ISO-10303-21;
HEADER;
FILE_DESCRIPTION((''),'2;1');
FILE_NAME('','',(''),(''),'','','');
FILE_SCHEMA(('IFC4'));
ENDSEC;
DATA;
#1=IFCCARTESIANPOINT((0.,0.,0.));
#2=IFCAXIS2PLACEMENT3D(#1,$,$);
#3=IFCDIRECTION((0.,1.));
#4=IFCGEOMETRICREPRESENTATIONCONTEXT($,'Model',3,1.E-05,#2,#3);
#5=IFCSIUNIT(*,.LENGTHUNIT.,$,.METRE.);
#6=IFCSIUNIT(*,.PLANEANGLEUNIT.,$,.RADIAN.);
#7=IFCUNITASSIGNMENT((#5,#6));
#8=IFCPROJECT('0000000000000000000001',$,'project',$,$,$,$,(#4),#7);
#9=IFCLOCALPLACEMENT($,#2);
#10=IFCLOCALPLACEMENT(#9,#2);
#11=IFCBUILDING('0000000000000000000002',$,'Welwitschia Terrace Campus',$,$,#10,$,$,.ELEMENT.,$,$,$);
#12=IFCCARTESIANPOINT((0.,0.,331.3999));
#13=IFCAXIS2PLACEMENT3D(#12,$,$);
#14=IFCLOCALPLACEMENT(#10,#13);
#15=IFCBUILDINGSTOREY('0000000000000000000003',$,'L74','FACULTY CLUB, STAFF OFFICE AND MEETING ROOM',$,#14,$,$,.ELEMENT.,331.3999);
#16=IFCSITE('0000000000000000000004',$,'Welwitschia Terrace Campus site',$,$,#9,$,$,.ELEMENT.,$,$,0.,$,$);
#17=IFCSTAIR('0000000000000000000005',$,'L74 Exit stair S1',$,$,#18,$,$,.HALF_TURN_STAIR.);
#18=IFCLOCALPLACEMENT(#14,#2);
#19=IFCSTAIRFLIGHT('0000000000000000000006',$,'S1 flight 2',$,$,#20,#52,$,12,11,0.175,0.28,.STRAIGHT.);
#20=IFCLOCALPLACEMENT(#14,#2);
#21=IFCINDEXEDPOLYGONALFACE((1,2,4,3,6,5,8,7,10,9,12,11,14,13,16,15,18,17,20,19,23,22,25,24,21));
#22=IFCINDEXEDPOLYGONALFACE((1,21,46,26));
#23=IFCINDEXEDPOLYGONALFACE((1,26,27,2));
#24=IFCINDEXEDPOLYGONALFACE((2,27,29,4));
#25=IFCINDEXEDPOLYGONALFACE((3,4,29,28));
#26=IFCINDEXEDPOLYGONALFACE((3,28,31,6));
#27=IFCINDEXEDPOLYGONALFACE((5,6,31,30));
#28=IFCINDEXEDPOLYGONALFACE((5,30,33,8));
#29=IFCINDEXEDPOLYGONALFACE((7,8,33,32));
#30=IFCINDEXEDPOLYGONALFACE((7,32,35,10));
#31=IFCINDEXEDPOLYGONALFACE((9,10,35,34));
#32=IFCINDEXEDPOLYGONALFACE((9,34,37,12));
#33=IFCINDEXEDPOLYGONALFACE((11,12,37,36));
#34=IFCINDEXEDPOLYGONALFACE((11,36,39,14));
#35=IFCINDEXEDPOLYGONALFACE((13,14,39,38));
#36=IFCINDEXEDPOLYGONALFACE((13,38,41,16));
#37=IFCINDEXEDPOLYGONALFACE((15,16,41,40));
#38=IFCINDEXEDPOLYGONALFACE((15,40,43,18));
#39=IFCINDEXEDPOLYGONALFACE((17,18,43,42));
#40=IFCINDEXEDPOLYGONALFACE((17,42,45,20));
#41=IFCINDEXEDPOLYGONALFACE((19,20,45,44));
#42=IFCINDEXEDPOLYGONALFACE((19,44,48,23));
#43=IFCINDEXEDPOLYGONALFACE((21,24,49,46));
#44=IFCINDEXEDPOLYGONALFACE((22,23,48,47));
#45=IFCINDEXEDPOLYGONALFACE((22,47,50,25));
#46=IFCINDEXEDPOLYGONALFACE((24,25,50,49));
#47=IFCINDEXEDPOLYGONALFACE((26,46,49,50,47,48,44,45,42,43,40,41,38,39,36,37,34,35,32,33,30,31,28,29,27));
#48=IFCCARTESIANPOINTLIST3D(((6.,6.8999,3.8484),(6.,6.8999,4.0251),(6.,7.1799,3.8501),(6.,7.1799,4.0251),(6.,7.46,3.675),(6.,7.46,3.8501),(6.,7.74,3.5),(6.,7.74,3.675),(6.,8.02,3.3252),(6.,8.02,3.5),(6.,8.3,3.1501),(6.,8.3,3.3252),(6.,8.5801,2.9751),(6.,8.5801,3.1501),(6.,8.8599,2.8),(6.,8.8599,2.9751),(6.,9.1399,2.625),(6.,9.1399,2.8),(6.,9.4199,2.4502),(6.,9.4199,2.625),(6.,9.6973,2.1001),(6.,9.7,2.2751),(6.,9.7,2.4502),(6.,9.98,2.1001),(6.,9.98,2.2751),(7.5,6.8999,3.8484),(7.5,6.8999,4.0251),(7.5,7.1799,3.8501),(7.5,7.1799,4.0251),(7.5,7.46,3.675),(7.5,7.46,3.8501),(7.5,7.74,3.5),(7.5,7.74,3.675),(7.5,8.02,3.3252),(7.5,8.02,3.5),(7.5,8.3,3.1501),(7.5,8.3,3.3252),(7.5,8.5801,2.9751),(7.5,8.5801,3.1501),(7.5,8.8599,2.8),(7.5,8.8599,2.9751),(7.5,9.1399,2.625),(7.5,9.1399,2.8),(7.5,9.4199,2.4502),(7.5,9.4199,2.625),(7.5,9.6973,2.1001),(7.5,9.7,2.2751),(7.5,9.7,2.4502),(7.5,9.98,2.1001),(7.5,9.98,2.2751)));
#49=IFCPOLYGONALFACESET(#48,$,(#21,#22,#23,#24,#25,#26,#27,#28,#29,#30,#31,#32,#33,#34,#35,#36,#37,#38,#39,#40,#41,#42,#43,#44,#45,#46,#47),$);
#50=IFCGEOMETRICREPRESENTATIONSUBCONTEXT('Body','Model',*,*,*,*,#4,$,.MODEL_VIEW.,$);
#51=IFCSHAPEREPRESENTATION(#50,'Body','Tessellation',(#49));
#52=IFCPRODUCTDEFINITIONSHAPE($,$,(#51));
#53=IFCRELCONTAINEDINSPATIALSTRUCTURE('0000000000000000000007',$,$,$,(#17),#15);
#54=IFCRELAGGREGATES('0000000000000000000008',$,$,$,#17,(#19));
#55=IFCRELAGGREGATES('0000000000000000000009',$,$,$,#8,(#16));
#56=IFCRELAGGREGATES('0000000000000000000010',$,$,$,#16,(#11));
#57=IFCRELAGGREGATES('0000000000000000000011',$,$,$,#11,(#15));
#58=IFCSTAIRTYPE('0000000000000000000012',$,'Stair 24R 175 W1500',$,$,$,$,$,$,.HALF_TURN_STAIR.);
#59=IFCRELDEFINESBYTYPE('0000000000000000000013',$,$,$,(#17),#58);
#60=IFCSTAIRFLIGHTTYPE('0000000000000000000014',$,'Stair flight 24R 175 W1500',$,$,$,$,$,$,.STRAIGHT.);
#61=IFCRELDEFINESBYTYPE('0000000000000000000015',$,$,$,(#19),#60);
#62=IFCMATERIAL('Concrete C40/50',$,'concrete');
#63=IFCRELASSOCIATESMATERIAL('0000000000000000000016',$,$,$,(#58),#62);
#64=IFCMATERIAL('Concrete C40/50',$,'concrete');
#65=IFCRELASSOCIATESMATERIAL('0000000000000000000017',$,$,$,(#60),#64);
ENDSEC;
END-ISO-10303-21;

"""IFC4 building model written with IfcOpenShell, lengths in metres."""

from ifc_helpers import new_model, si_unit, direction, frame, origin, place, context, subcontext, project, spatial, polyline, outline, extrude, material, type_object, element, aggregate, save


model = new_model("IFC4")

# Units and contexts
model_context = context("Model", 3, precision=1e-05, world=origin(), true_north=direction((0.0, 1.0)))
body_context = subcontext(model_context, "Body", "Model", "MODEL_VIEW")
ifc_project = project(units=[si_unit("LENGTHUNIT", "METRE"), si_unit("PLANEANGLEUNIT", "RADIAN")], contexts=[model_context])

# Site, building, storey
site_placement = place(None, origin())
site = spatial("IfcSite", under=ifc_project, at=site_placement, Name="Welwitschia Terrace Campus site", CompositionType="ELEMENT", RefElevation=0.0)
building_placement = place(site_placement, origin())
building = spatial("IfcBuilding", under=site, at=building_placement, Name="Welwitschia Terrace Campus", CompositionType="ELEMENT")
storey_placement = place(building_placement, frame((0.0, 0.0, 331.3999)))
storey = spatial("IfcBuildingStorey", under=building, at=storey_placement, Name="L74", Description="FACULTY CLUB, STAFF OFFICE AND MEETING ROOM", CompositionType="ELEMENT", Elevation=331.3999)

# Stair, stair flight
ifc_material_1 = material(Name="Concrete C40/50", Category="concrete")
stair_type = type_object("IfcStairType", Name="Stair 24R 175 W1500", PredefinedType="HALF_TURN_STAIR", material=ifc_material_1)
stair_placement = place(storey_placement, origin())
stair = element("IfcStair", 1, at=stair_placement, inside=storey, type_object=stair_type, Name="L74 Exit stair S1", PredefinedType="HALF_TURN_STAIR")
ifc_material_2 = material(Name="Concrete C40/50", Category="concrete")
stair_flight_type = type_object("IfcStairFlightType", Name="Stair flight 24R 175 W1500", PredefinedType="STRAIGHT", material=ifc_material_2)
stair_flight_1_placement = place(storey_placement, frame((6.75, 9.98, 2.1001), z_axis=(0.0, 0.0, 1.0), x_axis=(0.0, -1.0, 0.0)))
stair_flight_1 = element("IfcStairFlight", 2, at=stair_flight_1_placement, type_object=stair_flight_type, Name="S1 flight 2", NumberOfRisers=12, NumberOfTreads=11, PredefinedType="STRAIGHT", RiserHeight=0.175, TreadLength=0.28, context=body_context, shape_type="SweptSolid", body=[
    extrude(outline(polyline([(0.0, 0.0), (0.0, 0.175), (0.28, 0.175), (0.28, 0.3501), (0.5601, 0.3501), (0.5601, 0.5249), (0.8401, 0.5249), (0.8401, 0.7), (1.1201, 0.7), (1.1201, 0.875), (1.3999, 0.875), (1.3999, 1.05), (1.6799, 1.05), (1.6799, 1.2251), (1.96, 1.2251), (1.96, 1.3999), (2.24, 1.3999), (2.24, 1.575), (2.52, 1.575), (2.52, 1.75), (2.8, 1.75), (2.8, 1.925), (3.0801, 1.925), (3.0801, 2.1001), (3.0801, 1.7483), (0.2827, 0.0), (0.0, 0.0)])), frame((0.0, 0.75, 0.0), z_axis=(0.0, -1.0, 0.0), x_axis=(1.0, 0.0, 0.0)), (0.0, 0.0, 1.0), 1.5),
])
aggregate(stair, [stair_flight_1])

save(model, "model.ifc")
